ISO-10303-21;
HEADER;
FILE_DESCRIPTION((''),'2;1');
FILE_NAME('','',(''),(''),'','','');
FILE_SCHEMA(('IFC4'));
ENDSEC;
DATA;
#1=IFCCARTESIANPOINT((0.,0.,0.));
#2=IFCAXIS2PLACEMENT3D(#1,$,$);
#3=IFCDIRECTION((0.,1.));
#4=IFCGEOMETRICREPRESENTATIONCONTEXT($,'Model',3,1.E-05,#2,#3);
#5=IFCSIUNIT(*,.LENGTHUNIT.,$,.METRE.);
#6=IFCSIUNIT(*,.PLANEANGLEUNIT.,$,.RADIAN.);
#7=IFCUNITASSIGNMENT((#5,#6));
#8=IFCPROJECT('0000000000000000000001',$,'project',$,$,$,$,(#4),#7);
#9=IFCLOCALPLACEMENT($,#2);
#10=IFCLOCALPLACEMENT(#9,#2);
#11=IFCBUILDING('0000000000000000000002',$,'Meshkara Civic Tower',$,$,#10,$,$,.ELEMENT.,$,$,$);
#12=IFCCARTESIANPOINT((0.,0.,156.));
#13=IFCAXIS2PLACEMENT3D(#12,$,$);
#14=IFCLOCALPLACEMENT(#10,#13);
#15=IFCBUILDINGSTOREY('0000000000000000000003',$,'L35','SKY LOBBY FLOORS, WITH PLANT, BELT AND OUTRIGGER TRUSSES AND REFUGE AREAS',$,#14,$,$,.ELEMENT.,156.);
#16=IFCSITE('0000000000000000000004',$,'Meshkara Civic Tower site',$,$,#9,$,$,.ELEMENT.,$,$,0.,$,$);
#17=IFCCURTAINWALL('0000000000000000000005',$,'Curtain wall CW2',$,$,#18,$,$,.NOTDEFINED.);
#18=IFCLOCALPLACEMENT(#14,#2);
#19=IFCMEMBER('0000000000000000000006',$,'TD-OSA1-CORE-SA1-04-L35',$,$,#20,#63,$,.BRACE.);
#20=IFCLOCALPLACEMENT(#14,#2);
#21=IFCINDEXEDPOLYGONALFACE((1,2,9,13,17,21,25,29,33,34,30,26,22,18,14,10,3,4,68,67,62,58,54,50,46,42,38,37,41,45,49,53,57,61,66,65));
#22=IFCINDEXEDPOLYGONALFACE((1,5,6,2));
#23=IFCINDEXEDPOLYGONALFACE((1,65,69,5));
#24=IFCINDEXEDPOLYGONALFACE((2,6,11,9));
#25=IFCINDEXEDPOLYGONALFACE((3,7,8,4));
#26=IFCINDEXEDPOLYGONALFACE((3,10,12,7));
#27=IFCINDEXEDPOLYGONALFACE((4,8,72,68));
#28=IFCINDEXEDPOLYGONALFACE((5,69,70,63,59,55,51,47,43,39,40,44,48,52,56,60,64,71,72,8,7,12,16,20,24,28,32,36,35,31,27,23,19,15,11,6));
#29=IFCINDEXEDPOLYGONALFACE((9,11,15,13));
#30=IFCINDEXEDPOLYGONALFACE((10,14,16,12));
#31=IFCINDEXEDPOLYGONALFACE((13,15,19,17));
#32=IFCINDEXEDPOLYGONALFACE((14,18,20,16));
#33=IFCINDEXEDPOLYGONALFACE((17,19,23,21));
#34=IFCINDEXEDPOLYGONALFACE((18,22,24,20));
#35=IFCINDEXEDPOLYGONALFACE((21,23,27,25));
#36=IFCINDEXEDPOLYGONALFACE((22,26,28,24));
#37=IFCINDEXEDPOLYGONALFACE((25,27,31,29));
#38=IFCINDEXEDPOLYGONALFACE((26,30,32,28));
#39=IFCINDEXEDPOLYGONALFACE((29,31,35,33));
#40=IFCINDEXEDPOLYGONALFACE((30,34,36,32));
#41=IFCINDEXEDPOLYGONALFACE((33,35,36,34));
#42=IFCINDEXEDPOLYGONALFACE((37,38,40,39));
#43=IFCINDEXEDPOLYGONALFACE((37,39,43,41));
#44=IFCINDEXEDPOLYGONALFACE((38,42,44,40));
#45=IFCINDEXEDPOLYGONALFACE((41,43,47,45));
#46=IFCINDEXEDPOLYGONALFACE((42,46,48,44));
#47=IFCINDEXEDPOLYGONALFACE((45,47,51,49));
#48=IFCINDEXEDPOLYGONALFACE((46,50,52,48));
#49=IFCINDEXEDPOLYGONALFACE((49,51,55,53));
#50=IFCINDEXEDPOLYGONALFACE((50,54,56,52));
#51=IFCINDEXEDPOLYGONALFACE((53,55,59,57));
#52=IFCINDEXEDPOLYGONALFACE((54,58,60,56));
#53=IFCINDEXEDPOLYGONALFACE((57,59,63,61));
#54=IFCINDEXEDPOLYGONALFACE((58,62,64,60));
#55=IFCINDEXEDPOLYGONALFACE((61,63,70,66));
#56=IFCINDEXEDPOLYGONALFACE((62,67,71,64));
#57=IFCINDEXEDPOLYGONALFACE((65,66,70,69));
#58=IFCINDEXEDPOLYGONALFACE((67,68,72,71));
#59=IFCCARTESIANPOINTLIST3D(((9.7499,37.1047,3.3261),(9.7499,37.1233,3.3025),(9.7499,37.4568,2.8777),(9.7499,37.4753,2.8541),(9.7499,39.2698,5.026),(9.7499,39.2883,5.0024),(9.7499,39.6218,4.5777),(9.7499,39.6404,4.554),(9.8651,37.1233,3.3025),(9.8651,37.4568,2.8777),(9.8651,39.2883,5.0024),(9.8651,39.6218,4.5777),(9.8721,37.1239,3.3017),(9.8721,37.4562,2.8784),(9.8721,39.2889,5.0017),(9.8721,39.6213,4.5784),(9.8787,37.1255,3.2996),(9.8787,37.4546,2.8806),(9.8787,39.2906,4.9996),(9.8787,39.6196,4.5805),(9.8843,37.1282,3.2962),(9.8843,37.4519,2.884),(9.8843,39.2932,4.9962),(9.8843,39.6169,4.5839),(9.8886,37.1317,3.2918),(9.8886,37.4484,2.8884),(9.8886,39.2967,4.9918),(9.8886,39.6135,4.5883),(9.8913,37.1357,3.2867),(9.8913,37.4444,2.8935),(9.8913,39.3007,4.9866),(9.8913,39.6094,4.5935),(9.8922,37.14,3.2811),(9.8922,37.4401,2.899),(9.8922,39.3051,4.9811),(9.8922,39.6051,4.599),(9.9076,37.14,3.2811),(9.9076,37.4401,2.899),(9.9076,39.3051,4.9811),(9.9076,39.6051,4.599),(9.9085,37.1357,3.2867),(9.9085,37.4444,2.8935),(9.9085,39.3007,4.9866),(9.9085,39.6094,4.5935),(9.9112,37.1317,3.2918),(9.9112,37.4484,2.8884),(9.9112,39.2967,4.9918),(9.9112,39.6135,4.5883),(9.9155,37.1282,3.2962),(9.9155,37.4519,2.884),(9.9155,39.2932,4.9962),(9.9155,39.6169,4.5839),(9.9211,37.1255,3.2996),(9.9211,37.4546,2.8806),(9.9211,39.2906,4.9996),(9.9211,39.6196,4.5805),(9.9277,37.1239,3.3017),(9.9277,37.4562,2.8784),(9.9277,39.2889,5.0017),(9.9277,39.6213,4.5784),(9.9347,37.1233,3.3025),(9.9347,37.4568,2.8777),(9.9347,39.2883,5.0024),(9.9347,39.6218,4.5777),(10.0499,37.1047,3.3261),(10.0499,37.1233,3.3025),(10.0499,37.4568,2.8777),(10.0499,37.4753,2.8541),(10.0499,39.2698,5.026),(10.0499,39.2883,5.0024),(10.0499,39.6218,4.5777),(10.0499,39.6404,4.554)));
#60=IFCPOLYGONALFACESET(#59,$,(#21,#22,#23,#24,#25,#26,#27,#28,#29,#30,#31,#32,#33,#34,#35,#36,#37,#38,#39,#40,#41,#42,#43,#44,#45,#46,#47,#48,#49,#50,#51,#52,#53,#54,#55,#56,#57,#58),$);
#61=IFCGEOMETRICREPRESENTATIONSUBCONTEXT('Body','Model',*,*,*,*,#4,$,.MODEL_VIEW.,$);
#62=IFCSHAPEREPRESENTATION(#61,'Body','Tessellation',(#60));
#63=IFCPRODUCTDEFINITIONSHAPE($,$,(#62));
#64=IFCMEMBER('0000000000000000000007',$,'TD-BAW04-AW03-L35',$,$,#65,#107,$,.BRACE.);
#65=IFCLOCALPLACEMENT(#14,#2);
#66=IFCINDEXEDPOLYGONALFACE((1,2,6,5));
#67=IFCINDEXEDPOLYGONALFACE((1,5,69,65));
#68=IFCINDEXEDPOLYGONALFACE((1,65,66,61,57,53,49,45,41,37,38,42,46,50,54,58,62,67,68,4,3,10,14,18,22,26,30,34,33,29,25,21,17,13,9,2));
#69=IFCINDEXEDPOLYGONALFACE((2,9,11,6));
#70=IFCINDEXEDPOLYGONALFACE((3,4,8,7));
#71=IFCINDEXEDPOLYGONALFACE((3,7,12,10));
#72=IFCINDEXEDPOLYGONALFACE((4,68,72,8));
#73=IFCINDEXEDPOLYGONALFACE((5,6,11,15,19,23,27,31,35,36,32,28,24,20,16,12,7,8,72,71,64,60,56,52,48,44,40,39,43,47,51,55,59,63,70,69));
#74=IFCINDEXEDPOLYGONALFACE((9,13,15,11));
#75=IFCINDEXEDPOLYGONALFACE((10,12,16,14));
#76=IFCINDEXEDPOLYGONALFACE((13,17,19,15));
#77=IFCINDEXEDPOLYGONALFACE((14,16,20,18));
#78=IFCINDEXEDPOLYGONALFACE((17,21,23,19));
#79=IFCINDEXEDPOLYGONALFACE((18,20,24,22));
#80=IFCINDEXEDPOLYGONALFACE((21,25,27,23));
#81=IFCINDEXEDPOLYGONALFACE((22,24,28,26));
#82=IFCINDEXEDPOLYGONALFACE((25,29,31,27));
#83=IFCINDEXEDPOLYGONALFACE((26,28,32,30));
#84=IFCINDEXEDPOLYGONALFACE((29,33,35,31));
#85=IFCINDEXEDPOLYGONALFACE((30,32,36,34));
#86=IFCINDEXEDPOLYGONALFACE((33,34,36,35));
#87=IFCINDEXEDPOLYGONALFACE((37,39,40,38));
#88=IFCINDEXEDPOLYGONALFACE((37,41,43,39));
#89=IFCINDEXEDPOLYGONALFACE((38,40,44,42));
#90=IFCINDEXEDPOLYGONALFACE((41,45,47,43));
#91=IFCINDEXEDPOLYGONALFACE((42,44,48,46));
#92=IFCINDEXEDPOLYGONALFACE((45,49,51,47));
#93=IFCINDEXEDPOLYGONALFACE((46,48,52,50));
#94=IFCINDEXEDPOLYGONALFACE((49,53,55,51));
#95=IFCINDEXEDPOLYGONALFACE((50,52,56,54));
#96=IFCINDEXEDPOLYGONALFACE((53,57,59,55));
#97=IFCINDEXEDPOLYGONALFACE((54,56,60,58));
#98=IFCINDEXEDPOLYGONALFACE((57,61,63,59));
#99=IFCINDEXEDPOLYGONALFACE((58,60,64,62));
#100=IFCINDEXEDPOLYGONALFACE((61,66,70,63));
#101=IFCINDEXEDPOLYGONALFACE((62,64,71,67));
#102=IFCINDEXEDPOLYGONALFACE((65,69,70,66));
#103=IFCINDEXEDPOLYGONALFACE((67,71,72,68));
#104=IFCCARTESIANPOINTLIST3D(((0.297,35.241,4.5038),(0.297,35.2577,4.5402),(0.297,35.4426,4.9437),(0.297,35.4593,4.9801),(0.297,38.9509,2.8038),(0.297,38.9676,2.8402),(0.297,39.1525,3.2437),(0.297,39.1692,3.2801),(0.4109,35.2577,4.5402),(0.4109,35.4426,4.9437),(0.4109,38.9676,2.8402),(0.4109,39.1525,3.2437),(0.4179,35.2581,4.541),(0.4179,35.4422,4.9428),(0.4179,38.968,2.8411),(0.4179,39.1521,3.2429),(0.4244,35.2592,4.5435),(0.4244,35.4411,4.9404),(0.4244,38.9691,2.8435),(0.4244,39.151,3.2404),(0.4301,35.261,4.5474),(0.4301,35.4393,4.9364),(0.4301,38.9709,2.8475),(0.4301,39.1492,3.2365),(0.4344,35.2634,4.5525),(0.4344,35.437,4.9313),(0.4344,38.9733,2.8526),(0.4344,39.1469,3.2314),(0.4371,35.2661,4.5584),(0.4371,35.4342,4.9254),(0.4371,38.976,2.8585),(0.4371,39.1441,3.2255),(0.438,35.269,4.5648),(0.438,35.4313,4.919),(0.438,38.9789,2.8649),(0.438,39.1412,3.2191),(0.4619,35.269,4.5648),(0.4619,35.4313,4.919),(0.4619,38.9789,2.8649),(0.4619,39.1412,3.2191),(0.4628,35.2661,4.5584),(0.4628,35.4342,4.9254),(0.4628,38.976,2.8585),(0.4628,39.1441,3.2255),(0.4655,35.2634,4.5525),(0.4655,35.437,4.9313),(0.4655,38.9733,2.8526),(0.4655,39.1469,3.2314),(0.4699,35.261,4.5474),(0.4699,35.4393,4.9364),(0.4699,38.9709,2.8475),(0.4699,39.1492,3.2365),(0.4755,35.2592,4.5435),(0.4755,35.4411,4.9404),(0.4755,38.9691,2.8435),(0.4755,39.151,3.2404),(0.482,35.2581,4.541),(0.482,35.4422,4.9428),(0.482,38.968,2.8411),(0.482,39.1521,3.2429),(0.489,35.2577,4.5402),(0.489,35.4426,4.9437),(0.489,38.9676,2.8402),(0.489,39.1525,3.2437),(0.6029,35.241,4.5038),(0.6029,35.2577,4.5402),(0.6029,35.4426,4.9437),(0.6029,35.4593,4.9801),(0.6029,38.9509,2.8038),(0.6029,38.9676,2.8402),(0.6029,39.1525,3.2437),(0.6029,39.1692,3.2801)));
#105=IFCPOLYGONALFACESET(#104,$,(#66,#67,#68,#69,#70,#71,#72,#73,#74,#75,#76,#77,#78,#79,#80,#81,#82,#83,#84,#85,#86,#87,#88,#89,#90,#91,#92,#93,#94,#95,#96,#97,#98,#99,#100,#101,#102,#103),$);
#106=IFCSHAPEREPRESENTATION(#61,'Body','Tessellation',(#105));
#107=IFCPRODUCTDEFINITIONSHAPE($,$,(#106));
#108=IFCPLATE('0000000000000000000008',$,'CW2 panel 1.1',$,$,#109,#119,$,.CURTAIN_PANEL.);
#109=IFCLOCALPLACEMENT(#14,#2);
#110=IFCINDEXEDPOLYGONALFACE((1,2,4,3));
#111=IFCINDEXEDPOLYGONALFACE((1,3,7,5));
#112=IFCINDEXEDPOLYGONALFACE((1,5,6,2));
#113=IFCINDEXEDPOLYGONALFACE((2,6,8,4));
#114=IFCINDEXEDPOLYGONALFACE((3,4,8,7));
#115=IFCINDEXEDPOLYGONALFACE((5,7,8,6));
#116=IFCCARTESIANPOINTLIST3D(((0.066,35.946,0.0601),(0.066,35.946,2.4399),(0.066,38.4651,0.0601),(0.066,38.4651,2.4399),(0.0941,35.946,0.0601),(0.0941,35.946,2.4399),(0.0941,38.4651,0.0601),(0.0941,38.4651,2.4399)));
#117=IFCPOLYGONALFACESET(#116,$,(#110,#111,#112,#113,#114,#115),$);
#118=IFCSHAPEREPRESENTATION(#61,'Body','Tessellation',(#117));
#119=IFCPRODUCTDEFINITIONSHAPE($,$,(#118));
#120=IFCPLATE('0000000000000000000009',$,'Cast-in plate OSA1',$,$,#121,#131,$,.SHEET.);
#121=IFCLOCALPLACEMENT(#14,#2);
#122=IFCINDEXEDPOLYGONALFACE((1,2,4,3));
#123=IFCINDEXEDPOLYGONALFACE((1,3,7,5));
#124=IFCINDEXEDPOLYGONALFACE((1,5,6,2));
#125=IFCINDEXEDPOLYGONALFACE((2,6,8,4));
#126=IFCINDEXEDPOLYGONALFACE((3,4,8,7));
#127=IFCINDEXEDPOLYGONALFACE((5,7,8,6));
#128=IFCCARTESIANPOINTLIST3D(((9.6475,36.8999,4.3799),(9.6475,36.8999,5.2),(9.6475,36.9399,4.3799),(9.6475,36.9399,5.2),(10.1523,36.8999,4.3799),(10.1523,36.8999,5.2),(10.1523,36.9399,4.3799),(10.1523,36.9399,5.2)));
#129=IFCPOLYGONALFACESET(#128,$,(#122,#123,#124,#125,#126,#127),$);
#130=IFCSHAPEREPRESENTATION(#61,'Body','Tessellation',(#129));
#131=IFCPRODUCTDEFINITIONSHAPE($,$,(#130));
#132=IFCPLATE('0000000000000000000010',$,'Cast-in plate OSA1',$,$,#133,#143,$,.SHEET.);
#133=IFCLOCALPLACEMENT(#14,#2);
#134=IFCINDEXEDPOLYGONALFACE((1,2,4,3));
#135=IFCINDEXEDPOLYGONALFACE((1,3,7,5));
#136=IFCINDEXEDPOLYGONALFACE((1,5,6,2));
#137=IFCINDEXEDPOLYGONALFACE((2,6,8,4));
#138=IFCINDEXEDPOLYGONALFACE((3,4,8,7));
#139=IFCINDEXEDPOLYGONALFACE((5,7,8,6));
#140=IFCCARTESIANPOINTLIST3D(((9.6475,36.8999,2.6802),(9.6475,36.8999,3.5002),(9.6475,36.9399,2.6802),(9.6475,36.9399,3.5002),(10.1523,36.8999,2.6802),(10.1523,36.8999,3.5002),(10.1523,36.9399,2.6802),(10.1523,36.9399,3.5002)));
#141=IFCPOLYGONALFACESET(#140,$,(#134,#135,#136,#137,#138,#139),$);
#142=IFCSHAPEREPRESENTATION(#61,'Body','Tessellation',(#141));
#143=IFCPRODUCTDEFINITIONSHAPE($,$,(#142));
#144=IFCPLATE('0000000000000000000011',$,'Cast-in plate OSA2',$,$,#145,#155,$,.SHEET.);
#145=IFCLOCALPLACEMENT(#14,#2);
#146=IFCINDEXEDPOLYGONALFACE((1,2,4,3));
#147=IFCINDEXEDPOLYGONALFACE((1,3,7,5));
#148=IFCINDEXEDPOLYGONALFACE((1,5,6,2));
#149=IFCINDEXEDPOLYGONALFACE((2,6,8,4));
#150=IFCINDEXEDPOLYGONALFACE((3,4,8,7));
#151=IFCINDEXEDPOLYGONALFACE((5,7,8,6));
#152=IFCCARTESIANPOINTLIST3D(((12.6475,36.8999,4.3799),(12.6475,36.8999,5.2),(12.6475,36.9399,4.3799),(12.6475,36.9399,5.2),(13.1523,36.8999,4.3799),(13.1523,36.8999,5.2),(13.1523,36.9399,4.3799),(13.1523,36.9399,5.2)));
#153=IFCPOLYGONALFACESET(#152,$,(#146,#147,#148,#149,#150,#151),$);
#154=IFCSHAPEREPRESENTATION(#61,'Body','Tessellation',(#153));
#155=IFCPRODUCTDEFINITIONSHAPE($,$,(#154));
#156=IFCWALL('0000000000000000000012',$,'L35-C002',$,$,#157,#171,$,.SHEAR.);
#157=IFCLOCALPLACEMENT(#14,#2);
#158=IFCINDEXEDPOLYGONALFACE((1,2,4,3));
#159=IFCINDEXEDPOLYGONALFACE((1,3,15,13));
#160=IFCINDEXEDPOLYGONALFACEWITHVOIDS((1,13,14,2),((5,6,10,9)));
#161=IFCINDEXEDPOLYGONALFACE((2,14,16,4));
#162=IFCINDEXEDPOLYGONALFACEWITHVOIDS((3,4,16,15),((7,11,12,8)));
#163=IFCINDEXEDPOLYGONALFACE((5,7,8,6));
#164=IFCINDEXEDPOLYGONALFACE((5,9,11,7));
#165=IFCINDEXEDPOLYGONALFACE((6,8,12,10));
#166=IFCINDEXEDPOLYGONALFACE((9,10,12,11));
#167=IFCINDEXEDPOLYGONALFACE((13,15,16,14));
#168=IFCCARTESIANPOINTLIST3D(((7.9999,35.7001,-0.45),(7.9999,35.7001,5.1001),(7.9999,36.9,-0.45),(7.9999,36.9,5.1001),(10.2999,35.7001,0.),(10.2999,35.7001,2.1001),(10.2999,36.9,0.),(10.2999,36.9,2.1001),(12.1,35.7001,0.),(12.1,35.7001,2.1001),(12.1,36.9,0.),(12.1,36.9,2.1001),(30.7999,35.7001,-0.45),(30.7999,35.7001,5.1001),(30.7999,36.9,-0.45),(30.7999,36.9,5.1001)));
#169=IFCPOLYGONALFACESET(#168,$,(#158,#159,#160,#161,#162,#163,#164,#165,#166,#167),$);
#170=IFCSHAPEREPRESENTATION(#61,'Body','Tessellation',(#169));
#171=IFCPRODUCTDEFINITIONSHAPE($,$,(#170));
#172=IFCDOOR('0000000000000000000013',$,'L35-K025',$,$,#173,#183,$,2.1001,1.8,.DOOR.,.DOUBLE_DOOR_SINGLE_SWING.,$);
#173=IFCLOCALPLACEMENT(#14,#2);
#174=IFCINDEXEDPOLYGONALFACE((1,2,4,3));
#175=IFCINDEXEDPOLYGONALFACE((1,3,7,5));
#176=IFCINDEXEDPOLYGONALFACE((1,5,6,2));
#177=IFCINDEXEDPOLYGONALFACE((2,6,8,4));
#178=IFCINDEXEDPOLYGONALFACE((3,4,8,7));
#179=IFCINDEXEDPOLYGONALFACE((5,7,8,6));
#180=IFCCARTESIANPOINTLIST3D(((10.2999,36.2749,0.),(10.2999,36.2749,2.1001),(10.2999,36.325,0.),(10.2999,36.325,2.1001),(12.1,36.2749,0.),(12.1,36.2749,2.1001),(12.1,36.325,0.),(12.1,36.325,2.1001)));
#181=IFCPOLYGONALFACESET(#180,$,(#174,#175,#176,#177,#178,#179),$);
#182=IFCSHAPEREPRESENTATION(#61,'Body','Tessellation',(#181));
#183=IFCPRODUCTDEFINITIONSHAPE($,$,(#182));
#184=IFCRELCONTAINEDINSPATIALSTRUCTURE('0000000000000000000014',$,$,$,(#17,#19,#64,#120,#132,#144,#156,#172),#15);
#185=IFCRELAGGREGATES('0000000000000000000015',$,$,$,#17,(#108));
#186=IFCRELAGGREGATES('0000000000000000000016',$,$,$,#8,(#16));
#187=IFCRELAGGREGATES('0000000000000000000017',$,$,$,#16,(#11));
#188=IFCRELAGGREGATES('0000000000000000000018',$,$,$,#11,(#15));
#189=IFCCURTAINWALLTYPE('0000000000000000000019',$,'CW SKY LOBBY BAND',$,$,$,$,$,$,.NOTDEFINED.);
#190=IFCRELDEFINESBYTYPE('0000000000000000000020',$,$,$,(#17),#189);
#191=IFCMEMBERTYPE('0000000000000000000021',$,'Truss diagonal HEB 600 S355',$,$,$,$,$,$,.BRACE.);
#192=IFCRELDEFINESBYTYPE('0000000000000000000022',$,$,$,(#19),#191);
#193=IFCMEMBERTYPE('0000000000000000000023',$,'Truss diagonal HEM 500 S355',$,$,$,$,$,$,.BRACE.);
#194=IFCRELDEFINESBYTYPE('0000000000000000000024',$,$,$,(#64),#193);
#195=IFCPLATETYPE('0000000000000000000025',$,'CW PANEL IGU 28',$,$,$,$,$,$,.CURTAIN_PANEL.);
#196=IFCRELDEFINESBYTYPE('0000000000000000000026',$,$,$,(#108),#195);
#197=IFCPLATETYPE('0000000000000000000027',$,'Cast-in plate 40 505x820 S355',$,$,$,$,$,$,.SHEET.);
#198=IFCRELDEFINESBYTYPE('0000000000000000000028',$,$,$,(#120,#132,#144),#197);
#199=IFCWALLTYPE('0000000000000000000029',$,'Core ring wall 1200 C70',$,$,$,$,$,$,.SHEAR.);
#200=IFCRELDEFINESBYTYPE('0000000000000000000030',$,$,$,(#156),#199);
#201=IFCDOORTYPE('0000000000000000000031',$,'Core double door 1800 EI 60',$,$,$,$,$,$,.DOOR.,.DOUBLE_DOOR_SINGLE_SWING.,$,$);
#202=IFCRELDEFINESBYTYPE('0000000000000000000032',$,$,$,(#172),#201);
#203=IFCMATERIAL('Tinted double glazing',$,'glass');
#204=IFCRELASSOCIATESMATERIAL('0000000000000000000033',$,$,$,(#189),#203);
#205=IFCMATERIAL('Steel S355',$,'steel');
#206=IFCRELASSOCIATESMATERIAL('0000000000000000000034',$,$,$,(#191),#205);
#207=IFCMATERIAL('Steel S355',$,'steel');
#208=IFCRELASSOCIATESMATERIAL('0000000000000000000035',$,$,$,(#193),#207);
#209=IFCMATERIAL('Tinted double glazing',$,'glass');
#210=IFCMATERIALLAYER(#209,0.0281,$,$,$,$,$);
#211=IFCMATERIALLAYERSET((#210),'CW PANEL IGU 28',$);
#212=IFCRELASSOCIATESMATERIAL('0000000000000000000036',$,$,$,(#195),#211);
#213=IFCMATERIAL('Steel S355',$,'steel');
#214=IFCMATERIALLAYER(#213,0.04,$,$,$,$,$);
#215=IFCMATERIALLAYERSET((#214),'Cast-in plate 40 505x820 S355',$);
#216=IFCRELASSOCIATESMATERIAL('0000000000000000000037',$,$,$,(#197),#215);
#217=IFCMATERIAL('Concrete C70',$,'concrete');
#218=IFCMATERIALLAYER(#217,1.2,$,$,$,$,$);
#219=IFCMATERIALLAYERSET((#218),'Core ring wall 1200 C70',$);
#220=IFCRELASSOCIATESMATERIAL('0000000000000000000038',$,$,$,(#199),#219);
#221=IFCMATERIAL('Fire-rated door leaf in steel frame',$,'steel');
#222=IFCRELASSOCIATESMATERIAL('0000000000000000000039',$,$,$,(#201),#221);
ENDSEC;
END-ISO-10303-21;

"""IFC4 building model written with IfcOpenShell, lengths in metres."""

from ifc_helpers import new_model, si_unit, direction, frame, frame_2d, origin, origin_2d, place, context, subcontext, project, spatial, rectangle, i_section, extrude, material, layer, layer_set, material_profile, profile_set, type_object, element, fill, aggregate, save


model = new_model("IFC4")

# Units and contexts
model_context = context("Model", 3, precision=1e-05, world=origin(), true_north=direction((0.0, 1.0)))
body_context = subcontext(model_context, "Body", "Model", "MODEL_VIEW")
ifc_project = project(units=[si_unit("LENGTHUNIT", "METRE"), si_unit("PLANEANGLEUNIT", "RADIAN")], contexts=[model_context])

# Site, building, storey
site_placement = place(None, origin())
site = spatial("IfcSite", under=ifc_project, at=site_placement, Name="Meshkara Civic Tower site", CompositionType="ELEMENT", RefElevation=0.0)
building_placement = place(site_placement, origin())
building = spatial("IfcBuilding", under=site, at=building_placement, Name="Meshkara Civic Tower", CompositionType="ELEMENT")
storey_placement = place(building_placement, frame((0.0, 0.0, 156.0)))
storey = spatial("IfcBuildingStorey", under=building, at=storey_placement, Name="L35", Description="SKY LOBBY FLOORS, WITH PLANT, BELT AND OUTRIGGER TRUSSES AND REFUGE AREAS", CompositionType="ELEMENT", Elevation=156.0)

# Curtain wall
ifc_material_1 = material(Name="Tinted double glazing", Category="glass")
curtain_wall_type = type_object("IfcCurtainWallType", Name="CW SKY LOBBY BAND", PredefinedType="NOTDEFINED", material=ifc_material_1)
curtain_wall_placement = place(storey_placement, origin())
curtain_wall = element("IfcCurtainWall", 1, at=curtain_wall_placement, inside=storey, type_object=curtain_wall_type, Name="Curtain wall CW2", PredefinedType="NOTDEFINED")

# Members
ifc_material_2 = material(Name="Steel S355", Category="steel")
ifc_material_profile_1 = material_profile(ifc_material_2, i_section(OverallWidth=0.3, OverallDepth=0.6001, WebThickness=0.0154, FlangeThickness=0.03, FilletRadius=0.0271, at=origin_2d()))
ifc_profile_set_1 = profile_set([ifc_material_profile_1], Name="Steel S355")
member_type_1 = type_object("IfcMemberType", Name="Truss diagonal HEB 600 S355", PredefinedType="BRACE", material=ifc_profile_set_1)
member_1_placement = place(storey_placement, frame((9.8999, 37.29, 3.0901), z_axis=(0.0, 0.786521, 0.617563), x_axis=(-1.0, 0.0, 0.0)))
element("IfcMember", 2, at=member_1_placement, inside=storey, type_object=member_type_1, Name="TD-OSA1-CORE-SA1-04-L35", PredefinedType="BRACE", context=body_context, shape_type="SweptSolid", body=[
    extrude(i_section(OverallWidth=0.3, OverallDepth=0.6001, WebThickness=0.0154, FlangeThickness=0.03, FilletRadius=0.0271, at=origin_2d()), origin(), (0.0, 0.0, 1.0), 2.7527),
])
ifc_material_3 = material(Name="Steel S355", Category="steel")
ifc_material_profile_2 = material_profile(ifc_material_3, i_section(OverallWidth=0.3059, OverallDepth=0.5239, WebThickness=0.0239, FlangeThickness=0.04, FilletRadius=0.0271, at=origin_2d()))
ifc_profile_set_2 = profile_set([ifc_material_profile_2], Name="Steel S355")
member_type_2 = type_object("IfcMemberType", Name="Truss diagonal HEM 500 S355", PredefinedType="BRACE", material=ifc_profile_set_2)
member_2_placement = place(storey_placement, frame((0.45, 39.0601, 3.042), z_axis=(0.0, -0.909106, 0.416564), x_axis=(1.0, 0.0, 0.0)))
element("IfcMember", 3, at=member_2_placement, inside=storey, type_object=member_type_2, Name="TD-BAW04-AW03-L35", PredefinedType="BRACE", context=body_context, shape_type="SweptSolid", body=[
    extrude(i_section(OverallWidth=0.3059, OverallDepth=0.5239, WebThickness=0.0239, FlangeThickness=0.04, FilletRadius=0.0271, at=origin_2d()), origin(), (0.0, 0.0, 1.0), 4.0808),
])

# Plate
ifc_material_4 = material(Name="Tinted double glazing", Category="glass")
ifc_layer_1 = layer(ifc_material_4, 0.0281)
ifc_layer_set_1 = layer_set([ifc_layer_1], Name="CW PANEL IGU 28")
plate_type_1 = type_object("IfcPlateType", Name="CW PANEL IGU 28", PredefinedType="CURTAIN_PANEL", material=ifc_layer_set_1)
plate_placement = place(storey_placement, frame((0.0801, 37.2056, 0.0601), z_axis=(0.0, 0.0, 1.0), x_axis=(0.0, -1.0, 0.0)))
plate = element("IfcPlate", 4, at=plate_placement, type_object=plate_type_1, Name="CW2 panel 1.1", PredefinedType="CURTAIN_PANEL", context=body_context, shape_type="SweptSolid", body=[
    extrude(rectangle(XDim=2.519, YDim=0.0281, at=origin_2d()), origin(), (0.0, 0.0, 1.0), 2.3799),
])
aggregate(curtain_wall, [plate])

# Plates
ifc_material_5 = material(Name="Steel S355", Category="steel")
ifc_layer_2 = layer(ifc_material_5, 0.04)
ifc_layer_set_2 = layer_set([ifc_layer_2], Name="Cast-in plate 40 505x820 S355")
plate_type_2 = type_object("IfcPlateType", Name="Cast-in plate 40 505x820 S355", PredefinedType="SHEET", material=ifc_layer_set_2)
for number, where, z_axis, x_axis, name in (
    (5, (9.8999, 36.9199, 4.3799), (0.0, 0.0, 1.0), (0.0, 1.0, 0.0), "Cast-in plate OSA1"),
    (6, (9.8999, 36.9199, 2.6802), (0.0, 0.0, 1.0), (0.0, 1.0, 0.0), "Cast-in plate OSA1"),
    (7, (12.8999, 36.9199, 4.3799), (0.0, 0.0, 1.0), (0.0, 1.0, 0.0), "Cast-in plate OSA2"),
):
    element("IfcPlate", number, at=place(storey_placement, frame(where, z_axis=z_axis, x_axis=x_axis)), inside=storey, type_object=plate_type_2, Name=name, PredefinedType="SHEET", context=body_context, shape_type="SweptSolid", body=[
        extrude(rectangle(XDim=0.04, YDim=0.5049, at=origin_2d()), origin(), (0.0, 0.0, 1.0), 0.8201),
    ])

# Wall, opening, door
ifc_material_6 = material(Name="Concrete C70", Category="concrete")
ifc_layer_3 = layer(ifc_material_6, 1.2)
ifc_layer_set_3 = layer_set([ifc_layer_3], Name="Core ring wall 1200 C70")
wall_type_1 = type_object("IfcWallType", Name="Core ring wall 1200 C70", PredefinedType="SHEAR", material=ifc_layer_set_3)
wall_1_placement = place(storey_placement, frame((8.0, 36.3, -0.45), z_axis=(0.0, 0.0, 1.0), x_axis=(1.0, 0.0, 0.0)))
wall_1 = element("IfcWall", 8, at=wall_1_placement, inside=storey, type_object=wall_type_1, Name="L35-C002", PredefinedType="SHEAR", context=body_context, shape_type="SweptSolid", body=[
    extrude(rectangle(XDim=22.8, YDim=1.2, at=frame_2d((11.3999, 0.0))), origin(), (0.0, 0.0, 1.0), 5.55),
])
opening_placement = place(wall_1_placement, frame((2.3, 0.0, 0.45)))
opening = element("IfcOpeningElement", 9, at=opening_placement, cuts=wall_1, PredefinedType="OPENING", context=body_context, shape_type="SweptSolid", body=[
    extrude(rectangle(XDim=1.8, YDim=2.1001, at=frame_2d((0.8999, 1.05))), frame((0.0, 0.6099, 0.0), z_axis=(0.0, -1.0, 0.0), x_axis=(1.0, 0.0, 0.0)), (0.0, 0.0, 1.0), 1.22),
])
ifc_material_7 = material(Name="Fire-rated door leaf in steel frame", Category="steel")
door_type = type_object("IfcDoorType", Name="Core double door 1800 EI 60", OperationType="DOUBLE_DOOR_SINGLE_SWING", PredefinedType="DOOR", material=ifc_material_7)
door_placement = place(opening_placement, origin())
door = element("IfcDoor", 10, at=door_placement, inside=storey, type_object=door_type, Name="L35-K025", OperationType="DOUBLE_DOOR_SINGLE_SWING", OverallHeight=2.1001, OverallWidth=1.8, PredefinedType="DOOR", context=body_context, shape_type="SweptSolid", body=[
    extrude(rectangle(XDim=1.8, YDim=2.1001, at=frame_2d((0.8999, 1.05))), frame((0.0, 0.0249, 0.0), z_axis=(0.0, -1.0, 0.0), x_axis=(1.0, 0.0, 0.0)), (0.0, 0.0, 1.0), 0.05),
])
fill(opening, door)

save(model, "model.ifc")
